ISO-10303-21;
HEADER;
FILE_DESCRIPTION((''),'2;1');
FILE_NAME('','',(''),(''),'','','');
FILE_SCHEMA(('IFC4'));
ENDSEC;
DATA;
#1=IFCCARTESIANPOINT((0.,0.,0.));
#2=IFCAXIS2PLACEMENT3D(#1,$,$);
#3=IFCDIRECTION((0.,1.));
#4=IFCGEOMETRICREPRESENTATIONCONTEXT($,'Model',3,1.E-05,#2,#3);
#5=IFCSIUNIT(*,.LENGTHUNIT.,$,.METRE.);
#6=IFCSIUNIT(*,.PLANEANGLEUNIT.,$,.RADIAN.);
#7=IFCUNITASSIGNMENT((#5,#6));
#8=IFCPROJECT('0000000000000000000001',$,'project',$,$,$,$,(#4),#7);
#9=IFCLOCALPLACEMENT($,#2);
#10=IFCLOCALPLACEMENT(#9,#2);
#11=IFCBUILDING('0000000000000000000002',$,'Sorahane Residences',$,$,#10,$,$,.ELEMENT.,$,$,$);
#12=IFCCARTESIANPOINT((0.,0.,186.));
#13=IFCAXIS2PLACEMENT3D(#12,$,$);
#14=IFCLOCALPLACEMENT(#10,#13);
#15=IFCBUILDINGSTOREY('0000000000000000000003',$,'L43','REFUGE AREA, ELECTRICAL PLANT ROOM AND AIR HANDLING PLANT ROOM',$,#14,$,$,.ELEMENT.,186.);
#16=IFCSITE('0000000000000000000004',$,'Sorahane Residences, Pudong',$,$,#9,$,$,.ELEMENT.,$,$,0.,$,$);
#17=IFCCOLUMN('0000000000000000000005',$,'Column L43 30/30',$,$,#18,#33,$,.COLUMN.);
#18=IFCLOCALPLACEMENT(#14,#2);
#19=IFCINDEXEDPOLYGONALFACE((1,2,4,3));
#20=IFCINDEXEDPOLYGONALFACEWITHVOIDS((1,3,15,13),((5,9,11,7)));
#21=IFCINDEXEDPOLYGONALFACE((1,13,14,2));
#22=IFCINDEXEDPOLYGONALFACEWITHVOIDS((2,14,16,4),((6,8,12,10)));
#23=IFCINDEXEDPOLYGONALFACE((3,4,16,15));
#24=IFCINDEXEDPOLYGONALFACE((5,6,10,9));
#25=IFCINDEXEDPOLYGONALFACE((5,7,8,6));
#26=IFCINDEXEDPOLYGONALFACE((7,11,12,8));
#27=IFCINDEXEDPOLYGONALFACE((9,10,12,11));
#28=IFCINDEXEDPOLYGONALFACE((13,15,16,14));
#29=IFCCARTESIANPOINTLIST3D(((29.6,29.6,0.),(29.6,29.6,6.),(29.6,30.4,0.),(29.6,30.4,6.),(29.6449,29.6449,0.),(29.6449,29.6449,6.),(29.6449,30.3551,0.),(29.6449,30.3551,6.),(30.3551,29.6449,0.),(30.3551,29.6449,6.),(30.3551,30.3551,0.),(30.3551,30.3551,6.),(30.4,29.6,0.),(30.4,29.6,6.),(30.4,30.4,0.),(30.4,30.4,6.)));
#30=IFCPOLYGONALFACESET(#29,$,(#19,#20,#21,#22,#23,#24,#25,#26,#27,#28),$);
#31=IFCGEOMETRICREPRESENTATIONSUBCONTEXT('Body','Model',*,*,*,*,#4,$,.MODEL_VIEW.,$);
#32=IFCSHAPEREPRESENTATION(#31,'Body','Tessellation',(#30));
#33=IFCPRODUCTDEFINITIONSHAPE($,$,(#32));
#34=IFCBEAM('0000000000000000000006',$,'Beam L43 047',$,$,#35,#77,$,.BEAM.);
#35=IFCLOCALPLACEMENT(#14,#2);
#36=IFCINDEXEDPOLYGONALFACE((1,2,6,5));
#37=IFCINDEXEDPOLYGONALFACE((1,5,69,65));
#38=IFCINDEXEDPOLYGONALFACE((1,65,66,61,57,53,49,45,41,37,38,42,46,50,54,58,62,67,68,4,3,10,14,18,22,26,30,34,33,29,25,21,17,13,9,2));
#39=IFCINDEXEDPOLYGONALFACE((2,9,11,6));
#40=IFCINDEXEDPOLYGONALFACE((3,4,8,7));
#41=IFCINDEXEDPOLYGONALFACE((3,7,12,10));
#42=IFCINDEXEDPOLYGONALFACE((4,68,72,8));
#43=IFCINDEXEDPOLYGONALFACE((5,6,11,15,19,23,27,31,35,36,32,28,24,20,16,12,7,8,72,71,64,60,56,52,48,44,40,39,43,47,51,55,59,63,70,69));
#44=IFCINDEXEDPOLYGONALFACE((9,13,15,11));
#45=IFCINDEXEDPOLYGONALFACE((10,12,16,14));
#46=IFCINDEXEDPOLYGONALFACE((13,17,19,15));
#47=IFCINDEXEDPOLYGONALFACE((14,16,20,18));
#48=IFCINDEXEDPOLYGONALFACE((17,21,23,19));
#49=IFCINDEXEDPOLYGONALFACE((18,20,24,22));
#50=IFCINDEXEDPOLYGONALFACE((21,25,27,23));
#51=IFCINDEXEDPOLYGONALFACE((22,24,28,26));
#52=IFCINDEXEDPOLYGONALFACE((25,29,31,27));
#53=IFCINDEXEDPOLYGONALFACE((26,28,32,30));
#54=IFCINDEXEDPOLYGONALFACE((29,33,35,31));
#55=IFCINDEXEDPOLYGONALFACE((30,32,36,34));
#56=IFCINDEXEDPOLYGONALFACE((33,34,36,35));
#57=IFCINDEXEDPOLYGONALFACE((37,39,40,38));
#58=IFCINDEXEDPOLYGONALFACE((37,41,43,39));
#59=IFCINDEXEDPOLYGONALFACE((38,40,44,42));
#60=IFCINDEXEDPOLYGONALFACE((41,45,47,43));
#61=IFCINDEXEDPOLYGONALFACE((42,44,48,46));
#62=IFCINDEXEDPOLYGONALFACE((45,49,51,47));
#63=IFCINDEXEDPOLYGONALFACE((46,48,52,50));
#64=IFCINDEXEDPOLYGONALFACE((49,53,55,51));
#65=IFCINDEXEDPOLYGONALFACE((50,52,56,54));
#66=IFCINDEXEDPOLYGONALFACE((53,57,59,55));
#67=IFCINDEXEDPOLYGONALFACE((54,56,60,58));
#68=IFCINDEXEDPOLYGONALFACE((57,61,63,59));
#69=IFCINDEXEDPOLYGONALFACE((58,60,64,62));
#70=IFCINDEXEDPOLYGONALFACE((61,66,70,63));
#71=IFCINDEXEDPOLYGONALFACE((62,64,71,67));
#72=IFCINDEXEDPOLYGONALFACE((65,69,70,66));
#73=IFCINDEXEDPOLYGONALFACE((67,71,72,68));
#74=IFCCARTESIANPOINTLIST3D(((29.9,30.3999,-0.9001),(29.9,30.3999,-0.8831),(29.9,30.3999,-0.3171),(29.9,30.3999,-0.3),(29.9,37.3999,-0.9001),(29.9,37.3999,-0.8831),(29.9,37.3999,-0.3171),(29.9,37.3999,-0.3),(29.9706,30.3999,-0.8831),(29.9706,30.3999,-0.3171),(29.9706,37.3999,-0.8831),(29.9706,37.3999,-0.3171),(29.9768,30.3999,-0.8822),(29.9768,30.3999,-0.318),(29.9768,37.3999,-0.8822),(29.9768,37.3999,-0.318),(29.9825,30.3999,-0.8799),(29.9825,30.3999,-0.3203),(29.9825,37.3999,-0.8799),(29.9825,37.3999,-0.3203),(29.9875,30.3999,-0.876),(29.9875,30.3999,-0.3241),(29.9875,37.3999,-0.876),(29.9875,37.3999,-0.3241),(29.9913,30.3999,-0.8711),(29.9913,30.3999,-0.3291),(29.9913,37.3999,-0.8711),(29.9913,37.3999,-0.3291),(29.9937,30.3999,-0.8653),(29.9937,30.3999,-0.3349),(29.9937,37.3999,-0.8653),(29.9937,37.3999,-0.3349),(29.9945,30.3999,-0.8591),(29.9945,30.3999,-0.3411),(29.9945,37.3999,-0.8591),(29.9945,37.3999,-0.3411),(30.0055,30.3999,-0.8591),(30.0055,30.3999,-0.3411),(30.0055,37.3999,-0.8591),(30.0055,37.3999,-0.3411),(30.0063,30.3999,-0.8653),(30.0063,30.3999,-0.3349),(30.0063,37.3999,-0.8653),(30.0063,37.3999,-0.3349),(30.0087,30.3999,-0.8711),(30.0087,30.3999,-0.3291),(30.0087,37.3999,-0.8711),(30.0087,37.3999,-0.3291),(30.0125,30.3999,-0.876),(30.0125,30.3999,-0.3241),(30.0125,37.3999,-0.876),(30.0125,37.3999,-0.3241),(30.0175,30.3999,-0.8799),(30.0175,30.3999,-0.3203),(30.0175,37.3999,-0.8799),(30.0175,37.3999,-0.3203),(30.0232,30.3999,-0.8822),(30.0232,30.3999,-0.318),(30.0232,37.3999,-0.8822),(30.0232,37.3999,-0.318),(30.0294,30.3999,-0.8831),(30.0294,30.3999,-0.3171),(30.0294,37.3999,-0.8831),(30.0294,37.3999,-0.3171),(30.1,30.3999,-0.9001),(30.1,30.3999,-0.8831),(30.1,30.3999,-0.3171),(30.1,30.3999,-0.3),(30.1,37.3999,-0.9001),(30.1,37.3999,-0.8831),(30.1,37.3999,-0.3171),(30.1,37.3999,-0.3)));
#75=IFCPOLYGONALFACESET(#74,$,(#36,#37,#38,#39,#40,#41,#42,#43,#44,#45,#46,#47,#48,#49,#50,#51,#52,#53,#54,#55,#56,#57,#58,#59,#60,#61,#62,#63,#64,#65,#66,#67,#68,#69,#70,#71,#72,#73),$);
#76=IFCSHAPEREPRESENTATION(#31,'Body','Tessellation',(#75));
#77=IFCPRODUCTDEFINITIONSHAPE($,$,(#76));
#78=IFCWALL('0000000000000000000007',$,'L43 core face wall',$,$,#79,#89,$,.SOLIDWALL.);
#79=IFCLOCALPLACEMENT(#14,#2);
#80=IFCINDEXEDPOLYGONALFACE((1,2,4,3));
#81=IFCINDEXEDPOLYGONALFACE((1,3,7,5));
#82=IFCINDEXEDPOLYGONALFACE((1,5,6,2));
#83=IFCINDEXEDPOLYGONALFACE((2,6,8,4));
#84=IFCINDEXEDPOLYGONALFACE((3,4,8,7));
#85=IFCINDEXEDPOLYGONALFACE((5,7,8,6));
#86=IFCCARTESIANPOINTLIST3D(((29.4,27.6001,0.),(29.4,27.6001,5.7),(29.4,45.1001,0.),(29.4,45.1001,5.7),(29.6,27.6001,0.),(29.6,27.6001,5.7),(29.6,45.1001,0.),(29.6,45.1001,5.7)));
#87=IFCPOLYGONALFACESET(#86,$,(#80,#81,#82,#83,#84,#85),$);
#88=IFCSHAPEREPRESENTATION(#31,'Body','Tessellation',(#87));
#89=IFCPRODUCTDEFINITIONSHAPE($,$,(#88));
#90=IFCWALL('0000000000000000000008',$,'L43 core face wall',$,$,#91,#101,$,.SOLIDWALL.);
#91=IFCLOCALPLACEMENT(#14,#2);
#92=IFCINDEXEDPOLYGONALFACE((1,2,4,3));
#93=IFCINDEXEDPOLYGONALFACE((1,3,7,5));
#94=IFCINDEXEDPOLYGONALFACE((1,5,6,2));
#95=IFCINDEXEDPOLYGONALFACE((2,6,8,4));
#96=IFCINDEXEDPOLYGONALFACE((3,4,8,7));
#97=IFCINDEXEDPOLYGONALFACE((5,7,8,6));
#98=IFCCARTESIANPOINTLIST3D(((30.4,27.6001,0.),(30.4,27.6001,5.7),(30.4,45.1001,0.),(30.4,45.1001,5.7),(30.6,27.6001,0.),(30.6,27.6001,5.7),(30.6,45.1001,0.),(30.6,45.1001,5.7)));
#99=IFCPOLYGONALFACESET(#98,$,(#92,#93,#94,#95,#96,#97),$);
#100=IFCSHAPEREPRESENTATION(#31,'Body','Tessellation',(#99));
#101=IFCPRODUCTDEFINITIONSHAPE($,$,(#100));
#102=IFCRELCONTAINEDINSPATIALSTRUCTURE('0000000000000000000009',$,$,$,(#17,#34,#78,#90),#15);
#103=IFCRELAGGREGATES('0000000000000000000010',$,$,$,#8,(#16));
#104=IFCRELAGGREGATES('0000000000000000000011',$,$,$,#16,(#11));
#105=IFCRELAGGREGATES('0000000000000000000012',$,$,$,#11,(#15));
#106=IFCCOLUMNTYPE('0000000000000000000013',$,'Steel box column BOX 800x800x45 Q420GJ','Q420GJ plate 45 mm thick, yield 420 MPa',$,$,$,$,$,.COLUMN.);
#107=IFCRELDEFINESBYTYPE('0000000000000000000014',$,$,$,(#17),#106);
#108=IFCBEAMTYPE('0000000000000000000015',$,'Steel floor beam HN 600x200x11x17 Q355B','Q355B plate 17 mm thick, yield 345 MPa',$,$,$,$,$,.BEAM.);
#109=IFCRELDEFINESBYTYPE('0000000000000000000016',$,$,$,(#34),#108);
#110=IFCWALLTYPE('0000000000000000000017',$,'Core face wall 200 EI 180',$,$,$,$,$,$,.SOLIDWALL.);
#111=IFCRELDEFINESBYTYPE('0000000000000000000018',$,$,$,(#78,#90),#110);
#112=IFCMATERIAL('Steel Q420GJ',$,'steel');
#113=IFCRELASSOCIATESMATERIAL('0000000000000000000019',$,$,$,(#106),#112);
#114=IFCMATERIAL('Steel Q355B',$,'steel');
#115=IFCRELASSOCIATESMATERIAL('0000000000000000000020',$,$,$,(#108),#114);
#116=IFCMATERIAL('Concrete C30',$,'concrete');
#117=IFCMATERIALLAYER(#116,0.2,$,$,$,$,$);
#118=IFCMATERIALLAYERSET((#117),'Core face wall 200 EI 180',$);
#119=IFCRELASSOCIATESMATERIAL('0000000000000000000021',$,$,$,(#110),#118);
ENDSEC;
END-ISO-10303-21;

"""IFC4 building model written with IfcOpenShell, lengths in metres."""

from ifc_helpers import new_model, si_unit, direction, frame, frame_2d, origin, origin_2d, place, context, subcontext, project, spatial, rectangle, hollow_rectangle, i_section, extrude, material, layer, layer_set, material_profile, profile_set, type_object, element, save


model = new_model("IFC4")

# Units and contexts
model_context = context("Model", 3, precision=1e-05, world=origin(), true_north=direction((0.0, 1.0)))
body_context = subcontext(model_context, "Body", "Model", "MODEL_VIEW")
ifc_project = project(units=[si_unit("LENGTHUNIT", "METRE"), si_unit("PLANEANGLEUNIT", "RADIAN")], contexts=[model_context])

# Site, building, storey
site_placement = place(None, origin())
site = spatial("IfcSite", under=ifc_project, at=site_placement, Name="Sorahane Residences, Pudong", CompositionType="ELEMENT", RefElevation=0.0)
building_placement = place(site_placement, origin())
building = spatial("IfcBuilding", under=site, at=building_placement, Name="Sorahane Residences", CompositionType="ELEMENT")
storey_placement = place(building_placement, frame((0.0, 0.0, 186.0)))
storey = spatial("IfcBuildingStorey", under=building, at=storey_placement, Name="L43", Description="REFUGE AREA, ELECTRICAL PLANT ROOM AND AIR HANDLING PLANT ROOM", CompositionType="ELEMENT", Elevation=186.0)

# Column
ifc_material_1 = material(Name="Steel Q420GJ", Category="steel")
ifc_material_profile_1 = material_profile(ifc_material_1, hollow_rectangle(XDim=0.8, YDim=0.8, WallThickness=0.0449, at=origin_2d()), Name="BOX 800x800x45")
ifc_profile_set_1 = profile_set([ifc_material_profile_1], Name="Steel Q420GJ")
column_type = type_object("IfcColumnType", Name="Steel box column BOX 800x800x45 Q420GJ", Description="Q420GJ plate 45 mm thick, yield 420 MPa", PredefinedType="COLUMN", material=ifc_profile_set_1)
column_placement = place(storey_placement, frame((30.0, 30.0, 0.0), z_axis=(0.0, 0.0, 1.0), x_axis=(1.0, 0.0, 0.0)))
element("IfcColumn", 1, at=column_placement, inside=storey, type_object=column_type, Name="Column L43 30/30", PredefinedType="COLUMN", context=body_context, shape_type="SweptSolid", body=[
    extrude(hollow_rectangle(XDim=0.8, YDim=0.8, WallThickness=0.0449, at=origin_2d()), origin(), (0.0, 0.0, 1.0), 6.0),
])

# Beam
ifc_material_2 = material(Name="Steel Q355B", Category="steel")
ifc_material_profile_2 = material_profile(ifc_material_2, i_section(OverallWidth=0.2, OverallDepth=0.6001, WebThickness=0.011, FlangeThickness=0.0171, FilletRadius=0.0239, at=origin_2d()), Name="HN 600x200x11x17")
ifc_profile_set_2 = profile_set([ifc_material_profile_2], Name="Steel Q355B")
beam_type = type_object("IfcBeamType", Name="Steel floor beam HN 600x200x11x17 Q355B", Description="Q355B plate 17 mm thick, yield 345 MPa", PredefinedType="BEAM", material=ifc_profile_set_2)
beam_placement = place(storey_placement, frame((30.0, 30.3999, -0.6001), z_axis=(0.0, 1.0, 0.0), x_axis=(-1.0, 0.0, 0.0)))
element("IfcBeam", 2, at=beam_placement, inside=storey, type_object=beam_type, Name="Beam L43 047", PredefinedType="BEAM", context=body_context, shape_type="SweptSolid", body=[
    extrude(i_section(OverallWidth=0.2, OverallDepth=0.6001, WebThickness=0.011, FlangeThickness=0.0171, FilletRadius=0.0239, at=origin_2d()), origin(), (0.0, 0.0, 1.0), 7.0),
])

# Walls
ifc_material_3 = material(Name="Concrete C30", Category="concrete")
ifc_layer_1 = layer(ifc_material_3, 0.2)
ifc_layer_set_1 = layer_set([ifc_layer_1], Name="Core face wall 200 EI 180")
wall_type_1 = type_object("IfcWallType", Name="Core face wall 200 EI 180", PredefinedType="SOLIDWALL", material=ifc_layer_set_1)
for number, where, z_axis, x_axis, name in (
    (3, (29.5, 27.6001, 0.0), (0.0, 0.0, 1.0), (0.0, 1.0, 0.0), "L43 core face wall"),
    (4, (30.5, 27.6001, 0.0), (0.0, 0.0, 1.0), (0.0, 1.0, 0.0), "L43 core face wall"),
):
    element("IfcWall", number, at=place(storey_placement, frame(where, z_axis=z_axis, x_axis=x_axis)), inside=storey, type_object=wall_type_1, Name=name, PredefinedType="SOLIDWALL", context=body_context, shape_type="SweptSolid", body=[
        extrude(rectangle(XDim=17.5, YDim=0.2, at=frame_2d((8.75, 0.0))), origin(), (0.0, 0.0, 1.0), 5.7),
    ])

save(model, "model.ifc")
